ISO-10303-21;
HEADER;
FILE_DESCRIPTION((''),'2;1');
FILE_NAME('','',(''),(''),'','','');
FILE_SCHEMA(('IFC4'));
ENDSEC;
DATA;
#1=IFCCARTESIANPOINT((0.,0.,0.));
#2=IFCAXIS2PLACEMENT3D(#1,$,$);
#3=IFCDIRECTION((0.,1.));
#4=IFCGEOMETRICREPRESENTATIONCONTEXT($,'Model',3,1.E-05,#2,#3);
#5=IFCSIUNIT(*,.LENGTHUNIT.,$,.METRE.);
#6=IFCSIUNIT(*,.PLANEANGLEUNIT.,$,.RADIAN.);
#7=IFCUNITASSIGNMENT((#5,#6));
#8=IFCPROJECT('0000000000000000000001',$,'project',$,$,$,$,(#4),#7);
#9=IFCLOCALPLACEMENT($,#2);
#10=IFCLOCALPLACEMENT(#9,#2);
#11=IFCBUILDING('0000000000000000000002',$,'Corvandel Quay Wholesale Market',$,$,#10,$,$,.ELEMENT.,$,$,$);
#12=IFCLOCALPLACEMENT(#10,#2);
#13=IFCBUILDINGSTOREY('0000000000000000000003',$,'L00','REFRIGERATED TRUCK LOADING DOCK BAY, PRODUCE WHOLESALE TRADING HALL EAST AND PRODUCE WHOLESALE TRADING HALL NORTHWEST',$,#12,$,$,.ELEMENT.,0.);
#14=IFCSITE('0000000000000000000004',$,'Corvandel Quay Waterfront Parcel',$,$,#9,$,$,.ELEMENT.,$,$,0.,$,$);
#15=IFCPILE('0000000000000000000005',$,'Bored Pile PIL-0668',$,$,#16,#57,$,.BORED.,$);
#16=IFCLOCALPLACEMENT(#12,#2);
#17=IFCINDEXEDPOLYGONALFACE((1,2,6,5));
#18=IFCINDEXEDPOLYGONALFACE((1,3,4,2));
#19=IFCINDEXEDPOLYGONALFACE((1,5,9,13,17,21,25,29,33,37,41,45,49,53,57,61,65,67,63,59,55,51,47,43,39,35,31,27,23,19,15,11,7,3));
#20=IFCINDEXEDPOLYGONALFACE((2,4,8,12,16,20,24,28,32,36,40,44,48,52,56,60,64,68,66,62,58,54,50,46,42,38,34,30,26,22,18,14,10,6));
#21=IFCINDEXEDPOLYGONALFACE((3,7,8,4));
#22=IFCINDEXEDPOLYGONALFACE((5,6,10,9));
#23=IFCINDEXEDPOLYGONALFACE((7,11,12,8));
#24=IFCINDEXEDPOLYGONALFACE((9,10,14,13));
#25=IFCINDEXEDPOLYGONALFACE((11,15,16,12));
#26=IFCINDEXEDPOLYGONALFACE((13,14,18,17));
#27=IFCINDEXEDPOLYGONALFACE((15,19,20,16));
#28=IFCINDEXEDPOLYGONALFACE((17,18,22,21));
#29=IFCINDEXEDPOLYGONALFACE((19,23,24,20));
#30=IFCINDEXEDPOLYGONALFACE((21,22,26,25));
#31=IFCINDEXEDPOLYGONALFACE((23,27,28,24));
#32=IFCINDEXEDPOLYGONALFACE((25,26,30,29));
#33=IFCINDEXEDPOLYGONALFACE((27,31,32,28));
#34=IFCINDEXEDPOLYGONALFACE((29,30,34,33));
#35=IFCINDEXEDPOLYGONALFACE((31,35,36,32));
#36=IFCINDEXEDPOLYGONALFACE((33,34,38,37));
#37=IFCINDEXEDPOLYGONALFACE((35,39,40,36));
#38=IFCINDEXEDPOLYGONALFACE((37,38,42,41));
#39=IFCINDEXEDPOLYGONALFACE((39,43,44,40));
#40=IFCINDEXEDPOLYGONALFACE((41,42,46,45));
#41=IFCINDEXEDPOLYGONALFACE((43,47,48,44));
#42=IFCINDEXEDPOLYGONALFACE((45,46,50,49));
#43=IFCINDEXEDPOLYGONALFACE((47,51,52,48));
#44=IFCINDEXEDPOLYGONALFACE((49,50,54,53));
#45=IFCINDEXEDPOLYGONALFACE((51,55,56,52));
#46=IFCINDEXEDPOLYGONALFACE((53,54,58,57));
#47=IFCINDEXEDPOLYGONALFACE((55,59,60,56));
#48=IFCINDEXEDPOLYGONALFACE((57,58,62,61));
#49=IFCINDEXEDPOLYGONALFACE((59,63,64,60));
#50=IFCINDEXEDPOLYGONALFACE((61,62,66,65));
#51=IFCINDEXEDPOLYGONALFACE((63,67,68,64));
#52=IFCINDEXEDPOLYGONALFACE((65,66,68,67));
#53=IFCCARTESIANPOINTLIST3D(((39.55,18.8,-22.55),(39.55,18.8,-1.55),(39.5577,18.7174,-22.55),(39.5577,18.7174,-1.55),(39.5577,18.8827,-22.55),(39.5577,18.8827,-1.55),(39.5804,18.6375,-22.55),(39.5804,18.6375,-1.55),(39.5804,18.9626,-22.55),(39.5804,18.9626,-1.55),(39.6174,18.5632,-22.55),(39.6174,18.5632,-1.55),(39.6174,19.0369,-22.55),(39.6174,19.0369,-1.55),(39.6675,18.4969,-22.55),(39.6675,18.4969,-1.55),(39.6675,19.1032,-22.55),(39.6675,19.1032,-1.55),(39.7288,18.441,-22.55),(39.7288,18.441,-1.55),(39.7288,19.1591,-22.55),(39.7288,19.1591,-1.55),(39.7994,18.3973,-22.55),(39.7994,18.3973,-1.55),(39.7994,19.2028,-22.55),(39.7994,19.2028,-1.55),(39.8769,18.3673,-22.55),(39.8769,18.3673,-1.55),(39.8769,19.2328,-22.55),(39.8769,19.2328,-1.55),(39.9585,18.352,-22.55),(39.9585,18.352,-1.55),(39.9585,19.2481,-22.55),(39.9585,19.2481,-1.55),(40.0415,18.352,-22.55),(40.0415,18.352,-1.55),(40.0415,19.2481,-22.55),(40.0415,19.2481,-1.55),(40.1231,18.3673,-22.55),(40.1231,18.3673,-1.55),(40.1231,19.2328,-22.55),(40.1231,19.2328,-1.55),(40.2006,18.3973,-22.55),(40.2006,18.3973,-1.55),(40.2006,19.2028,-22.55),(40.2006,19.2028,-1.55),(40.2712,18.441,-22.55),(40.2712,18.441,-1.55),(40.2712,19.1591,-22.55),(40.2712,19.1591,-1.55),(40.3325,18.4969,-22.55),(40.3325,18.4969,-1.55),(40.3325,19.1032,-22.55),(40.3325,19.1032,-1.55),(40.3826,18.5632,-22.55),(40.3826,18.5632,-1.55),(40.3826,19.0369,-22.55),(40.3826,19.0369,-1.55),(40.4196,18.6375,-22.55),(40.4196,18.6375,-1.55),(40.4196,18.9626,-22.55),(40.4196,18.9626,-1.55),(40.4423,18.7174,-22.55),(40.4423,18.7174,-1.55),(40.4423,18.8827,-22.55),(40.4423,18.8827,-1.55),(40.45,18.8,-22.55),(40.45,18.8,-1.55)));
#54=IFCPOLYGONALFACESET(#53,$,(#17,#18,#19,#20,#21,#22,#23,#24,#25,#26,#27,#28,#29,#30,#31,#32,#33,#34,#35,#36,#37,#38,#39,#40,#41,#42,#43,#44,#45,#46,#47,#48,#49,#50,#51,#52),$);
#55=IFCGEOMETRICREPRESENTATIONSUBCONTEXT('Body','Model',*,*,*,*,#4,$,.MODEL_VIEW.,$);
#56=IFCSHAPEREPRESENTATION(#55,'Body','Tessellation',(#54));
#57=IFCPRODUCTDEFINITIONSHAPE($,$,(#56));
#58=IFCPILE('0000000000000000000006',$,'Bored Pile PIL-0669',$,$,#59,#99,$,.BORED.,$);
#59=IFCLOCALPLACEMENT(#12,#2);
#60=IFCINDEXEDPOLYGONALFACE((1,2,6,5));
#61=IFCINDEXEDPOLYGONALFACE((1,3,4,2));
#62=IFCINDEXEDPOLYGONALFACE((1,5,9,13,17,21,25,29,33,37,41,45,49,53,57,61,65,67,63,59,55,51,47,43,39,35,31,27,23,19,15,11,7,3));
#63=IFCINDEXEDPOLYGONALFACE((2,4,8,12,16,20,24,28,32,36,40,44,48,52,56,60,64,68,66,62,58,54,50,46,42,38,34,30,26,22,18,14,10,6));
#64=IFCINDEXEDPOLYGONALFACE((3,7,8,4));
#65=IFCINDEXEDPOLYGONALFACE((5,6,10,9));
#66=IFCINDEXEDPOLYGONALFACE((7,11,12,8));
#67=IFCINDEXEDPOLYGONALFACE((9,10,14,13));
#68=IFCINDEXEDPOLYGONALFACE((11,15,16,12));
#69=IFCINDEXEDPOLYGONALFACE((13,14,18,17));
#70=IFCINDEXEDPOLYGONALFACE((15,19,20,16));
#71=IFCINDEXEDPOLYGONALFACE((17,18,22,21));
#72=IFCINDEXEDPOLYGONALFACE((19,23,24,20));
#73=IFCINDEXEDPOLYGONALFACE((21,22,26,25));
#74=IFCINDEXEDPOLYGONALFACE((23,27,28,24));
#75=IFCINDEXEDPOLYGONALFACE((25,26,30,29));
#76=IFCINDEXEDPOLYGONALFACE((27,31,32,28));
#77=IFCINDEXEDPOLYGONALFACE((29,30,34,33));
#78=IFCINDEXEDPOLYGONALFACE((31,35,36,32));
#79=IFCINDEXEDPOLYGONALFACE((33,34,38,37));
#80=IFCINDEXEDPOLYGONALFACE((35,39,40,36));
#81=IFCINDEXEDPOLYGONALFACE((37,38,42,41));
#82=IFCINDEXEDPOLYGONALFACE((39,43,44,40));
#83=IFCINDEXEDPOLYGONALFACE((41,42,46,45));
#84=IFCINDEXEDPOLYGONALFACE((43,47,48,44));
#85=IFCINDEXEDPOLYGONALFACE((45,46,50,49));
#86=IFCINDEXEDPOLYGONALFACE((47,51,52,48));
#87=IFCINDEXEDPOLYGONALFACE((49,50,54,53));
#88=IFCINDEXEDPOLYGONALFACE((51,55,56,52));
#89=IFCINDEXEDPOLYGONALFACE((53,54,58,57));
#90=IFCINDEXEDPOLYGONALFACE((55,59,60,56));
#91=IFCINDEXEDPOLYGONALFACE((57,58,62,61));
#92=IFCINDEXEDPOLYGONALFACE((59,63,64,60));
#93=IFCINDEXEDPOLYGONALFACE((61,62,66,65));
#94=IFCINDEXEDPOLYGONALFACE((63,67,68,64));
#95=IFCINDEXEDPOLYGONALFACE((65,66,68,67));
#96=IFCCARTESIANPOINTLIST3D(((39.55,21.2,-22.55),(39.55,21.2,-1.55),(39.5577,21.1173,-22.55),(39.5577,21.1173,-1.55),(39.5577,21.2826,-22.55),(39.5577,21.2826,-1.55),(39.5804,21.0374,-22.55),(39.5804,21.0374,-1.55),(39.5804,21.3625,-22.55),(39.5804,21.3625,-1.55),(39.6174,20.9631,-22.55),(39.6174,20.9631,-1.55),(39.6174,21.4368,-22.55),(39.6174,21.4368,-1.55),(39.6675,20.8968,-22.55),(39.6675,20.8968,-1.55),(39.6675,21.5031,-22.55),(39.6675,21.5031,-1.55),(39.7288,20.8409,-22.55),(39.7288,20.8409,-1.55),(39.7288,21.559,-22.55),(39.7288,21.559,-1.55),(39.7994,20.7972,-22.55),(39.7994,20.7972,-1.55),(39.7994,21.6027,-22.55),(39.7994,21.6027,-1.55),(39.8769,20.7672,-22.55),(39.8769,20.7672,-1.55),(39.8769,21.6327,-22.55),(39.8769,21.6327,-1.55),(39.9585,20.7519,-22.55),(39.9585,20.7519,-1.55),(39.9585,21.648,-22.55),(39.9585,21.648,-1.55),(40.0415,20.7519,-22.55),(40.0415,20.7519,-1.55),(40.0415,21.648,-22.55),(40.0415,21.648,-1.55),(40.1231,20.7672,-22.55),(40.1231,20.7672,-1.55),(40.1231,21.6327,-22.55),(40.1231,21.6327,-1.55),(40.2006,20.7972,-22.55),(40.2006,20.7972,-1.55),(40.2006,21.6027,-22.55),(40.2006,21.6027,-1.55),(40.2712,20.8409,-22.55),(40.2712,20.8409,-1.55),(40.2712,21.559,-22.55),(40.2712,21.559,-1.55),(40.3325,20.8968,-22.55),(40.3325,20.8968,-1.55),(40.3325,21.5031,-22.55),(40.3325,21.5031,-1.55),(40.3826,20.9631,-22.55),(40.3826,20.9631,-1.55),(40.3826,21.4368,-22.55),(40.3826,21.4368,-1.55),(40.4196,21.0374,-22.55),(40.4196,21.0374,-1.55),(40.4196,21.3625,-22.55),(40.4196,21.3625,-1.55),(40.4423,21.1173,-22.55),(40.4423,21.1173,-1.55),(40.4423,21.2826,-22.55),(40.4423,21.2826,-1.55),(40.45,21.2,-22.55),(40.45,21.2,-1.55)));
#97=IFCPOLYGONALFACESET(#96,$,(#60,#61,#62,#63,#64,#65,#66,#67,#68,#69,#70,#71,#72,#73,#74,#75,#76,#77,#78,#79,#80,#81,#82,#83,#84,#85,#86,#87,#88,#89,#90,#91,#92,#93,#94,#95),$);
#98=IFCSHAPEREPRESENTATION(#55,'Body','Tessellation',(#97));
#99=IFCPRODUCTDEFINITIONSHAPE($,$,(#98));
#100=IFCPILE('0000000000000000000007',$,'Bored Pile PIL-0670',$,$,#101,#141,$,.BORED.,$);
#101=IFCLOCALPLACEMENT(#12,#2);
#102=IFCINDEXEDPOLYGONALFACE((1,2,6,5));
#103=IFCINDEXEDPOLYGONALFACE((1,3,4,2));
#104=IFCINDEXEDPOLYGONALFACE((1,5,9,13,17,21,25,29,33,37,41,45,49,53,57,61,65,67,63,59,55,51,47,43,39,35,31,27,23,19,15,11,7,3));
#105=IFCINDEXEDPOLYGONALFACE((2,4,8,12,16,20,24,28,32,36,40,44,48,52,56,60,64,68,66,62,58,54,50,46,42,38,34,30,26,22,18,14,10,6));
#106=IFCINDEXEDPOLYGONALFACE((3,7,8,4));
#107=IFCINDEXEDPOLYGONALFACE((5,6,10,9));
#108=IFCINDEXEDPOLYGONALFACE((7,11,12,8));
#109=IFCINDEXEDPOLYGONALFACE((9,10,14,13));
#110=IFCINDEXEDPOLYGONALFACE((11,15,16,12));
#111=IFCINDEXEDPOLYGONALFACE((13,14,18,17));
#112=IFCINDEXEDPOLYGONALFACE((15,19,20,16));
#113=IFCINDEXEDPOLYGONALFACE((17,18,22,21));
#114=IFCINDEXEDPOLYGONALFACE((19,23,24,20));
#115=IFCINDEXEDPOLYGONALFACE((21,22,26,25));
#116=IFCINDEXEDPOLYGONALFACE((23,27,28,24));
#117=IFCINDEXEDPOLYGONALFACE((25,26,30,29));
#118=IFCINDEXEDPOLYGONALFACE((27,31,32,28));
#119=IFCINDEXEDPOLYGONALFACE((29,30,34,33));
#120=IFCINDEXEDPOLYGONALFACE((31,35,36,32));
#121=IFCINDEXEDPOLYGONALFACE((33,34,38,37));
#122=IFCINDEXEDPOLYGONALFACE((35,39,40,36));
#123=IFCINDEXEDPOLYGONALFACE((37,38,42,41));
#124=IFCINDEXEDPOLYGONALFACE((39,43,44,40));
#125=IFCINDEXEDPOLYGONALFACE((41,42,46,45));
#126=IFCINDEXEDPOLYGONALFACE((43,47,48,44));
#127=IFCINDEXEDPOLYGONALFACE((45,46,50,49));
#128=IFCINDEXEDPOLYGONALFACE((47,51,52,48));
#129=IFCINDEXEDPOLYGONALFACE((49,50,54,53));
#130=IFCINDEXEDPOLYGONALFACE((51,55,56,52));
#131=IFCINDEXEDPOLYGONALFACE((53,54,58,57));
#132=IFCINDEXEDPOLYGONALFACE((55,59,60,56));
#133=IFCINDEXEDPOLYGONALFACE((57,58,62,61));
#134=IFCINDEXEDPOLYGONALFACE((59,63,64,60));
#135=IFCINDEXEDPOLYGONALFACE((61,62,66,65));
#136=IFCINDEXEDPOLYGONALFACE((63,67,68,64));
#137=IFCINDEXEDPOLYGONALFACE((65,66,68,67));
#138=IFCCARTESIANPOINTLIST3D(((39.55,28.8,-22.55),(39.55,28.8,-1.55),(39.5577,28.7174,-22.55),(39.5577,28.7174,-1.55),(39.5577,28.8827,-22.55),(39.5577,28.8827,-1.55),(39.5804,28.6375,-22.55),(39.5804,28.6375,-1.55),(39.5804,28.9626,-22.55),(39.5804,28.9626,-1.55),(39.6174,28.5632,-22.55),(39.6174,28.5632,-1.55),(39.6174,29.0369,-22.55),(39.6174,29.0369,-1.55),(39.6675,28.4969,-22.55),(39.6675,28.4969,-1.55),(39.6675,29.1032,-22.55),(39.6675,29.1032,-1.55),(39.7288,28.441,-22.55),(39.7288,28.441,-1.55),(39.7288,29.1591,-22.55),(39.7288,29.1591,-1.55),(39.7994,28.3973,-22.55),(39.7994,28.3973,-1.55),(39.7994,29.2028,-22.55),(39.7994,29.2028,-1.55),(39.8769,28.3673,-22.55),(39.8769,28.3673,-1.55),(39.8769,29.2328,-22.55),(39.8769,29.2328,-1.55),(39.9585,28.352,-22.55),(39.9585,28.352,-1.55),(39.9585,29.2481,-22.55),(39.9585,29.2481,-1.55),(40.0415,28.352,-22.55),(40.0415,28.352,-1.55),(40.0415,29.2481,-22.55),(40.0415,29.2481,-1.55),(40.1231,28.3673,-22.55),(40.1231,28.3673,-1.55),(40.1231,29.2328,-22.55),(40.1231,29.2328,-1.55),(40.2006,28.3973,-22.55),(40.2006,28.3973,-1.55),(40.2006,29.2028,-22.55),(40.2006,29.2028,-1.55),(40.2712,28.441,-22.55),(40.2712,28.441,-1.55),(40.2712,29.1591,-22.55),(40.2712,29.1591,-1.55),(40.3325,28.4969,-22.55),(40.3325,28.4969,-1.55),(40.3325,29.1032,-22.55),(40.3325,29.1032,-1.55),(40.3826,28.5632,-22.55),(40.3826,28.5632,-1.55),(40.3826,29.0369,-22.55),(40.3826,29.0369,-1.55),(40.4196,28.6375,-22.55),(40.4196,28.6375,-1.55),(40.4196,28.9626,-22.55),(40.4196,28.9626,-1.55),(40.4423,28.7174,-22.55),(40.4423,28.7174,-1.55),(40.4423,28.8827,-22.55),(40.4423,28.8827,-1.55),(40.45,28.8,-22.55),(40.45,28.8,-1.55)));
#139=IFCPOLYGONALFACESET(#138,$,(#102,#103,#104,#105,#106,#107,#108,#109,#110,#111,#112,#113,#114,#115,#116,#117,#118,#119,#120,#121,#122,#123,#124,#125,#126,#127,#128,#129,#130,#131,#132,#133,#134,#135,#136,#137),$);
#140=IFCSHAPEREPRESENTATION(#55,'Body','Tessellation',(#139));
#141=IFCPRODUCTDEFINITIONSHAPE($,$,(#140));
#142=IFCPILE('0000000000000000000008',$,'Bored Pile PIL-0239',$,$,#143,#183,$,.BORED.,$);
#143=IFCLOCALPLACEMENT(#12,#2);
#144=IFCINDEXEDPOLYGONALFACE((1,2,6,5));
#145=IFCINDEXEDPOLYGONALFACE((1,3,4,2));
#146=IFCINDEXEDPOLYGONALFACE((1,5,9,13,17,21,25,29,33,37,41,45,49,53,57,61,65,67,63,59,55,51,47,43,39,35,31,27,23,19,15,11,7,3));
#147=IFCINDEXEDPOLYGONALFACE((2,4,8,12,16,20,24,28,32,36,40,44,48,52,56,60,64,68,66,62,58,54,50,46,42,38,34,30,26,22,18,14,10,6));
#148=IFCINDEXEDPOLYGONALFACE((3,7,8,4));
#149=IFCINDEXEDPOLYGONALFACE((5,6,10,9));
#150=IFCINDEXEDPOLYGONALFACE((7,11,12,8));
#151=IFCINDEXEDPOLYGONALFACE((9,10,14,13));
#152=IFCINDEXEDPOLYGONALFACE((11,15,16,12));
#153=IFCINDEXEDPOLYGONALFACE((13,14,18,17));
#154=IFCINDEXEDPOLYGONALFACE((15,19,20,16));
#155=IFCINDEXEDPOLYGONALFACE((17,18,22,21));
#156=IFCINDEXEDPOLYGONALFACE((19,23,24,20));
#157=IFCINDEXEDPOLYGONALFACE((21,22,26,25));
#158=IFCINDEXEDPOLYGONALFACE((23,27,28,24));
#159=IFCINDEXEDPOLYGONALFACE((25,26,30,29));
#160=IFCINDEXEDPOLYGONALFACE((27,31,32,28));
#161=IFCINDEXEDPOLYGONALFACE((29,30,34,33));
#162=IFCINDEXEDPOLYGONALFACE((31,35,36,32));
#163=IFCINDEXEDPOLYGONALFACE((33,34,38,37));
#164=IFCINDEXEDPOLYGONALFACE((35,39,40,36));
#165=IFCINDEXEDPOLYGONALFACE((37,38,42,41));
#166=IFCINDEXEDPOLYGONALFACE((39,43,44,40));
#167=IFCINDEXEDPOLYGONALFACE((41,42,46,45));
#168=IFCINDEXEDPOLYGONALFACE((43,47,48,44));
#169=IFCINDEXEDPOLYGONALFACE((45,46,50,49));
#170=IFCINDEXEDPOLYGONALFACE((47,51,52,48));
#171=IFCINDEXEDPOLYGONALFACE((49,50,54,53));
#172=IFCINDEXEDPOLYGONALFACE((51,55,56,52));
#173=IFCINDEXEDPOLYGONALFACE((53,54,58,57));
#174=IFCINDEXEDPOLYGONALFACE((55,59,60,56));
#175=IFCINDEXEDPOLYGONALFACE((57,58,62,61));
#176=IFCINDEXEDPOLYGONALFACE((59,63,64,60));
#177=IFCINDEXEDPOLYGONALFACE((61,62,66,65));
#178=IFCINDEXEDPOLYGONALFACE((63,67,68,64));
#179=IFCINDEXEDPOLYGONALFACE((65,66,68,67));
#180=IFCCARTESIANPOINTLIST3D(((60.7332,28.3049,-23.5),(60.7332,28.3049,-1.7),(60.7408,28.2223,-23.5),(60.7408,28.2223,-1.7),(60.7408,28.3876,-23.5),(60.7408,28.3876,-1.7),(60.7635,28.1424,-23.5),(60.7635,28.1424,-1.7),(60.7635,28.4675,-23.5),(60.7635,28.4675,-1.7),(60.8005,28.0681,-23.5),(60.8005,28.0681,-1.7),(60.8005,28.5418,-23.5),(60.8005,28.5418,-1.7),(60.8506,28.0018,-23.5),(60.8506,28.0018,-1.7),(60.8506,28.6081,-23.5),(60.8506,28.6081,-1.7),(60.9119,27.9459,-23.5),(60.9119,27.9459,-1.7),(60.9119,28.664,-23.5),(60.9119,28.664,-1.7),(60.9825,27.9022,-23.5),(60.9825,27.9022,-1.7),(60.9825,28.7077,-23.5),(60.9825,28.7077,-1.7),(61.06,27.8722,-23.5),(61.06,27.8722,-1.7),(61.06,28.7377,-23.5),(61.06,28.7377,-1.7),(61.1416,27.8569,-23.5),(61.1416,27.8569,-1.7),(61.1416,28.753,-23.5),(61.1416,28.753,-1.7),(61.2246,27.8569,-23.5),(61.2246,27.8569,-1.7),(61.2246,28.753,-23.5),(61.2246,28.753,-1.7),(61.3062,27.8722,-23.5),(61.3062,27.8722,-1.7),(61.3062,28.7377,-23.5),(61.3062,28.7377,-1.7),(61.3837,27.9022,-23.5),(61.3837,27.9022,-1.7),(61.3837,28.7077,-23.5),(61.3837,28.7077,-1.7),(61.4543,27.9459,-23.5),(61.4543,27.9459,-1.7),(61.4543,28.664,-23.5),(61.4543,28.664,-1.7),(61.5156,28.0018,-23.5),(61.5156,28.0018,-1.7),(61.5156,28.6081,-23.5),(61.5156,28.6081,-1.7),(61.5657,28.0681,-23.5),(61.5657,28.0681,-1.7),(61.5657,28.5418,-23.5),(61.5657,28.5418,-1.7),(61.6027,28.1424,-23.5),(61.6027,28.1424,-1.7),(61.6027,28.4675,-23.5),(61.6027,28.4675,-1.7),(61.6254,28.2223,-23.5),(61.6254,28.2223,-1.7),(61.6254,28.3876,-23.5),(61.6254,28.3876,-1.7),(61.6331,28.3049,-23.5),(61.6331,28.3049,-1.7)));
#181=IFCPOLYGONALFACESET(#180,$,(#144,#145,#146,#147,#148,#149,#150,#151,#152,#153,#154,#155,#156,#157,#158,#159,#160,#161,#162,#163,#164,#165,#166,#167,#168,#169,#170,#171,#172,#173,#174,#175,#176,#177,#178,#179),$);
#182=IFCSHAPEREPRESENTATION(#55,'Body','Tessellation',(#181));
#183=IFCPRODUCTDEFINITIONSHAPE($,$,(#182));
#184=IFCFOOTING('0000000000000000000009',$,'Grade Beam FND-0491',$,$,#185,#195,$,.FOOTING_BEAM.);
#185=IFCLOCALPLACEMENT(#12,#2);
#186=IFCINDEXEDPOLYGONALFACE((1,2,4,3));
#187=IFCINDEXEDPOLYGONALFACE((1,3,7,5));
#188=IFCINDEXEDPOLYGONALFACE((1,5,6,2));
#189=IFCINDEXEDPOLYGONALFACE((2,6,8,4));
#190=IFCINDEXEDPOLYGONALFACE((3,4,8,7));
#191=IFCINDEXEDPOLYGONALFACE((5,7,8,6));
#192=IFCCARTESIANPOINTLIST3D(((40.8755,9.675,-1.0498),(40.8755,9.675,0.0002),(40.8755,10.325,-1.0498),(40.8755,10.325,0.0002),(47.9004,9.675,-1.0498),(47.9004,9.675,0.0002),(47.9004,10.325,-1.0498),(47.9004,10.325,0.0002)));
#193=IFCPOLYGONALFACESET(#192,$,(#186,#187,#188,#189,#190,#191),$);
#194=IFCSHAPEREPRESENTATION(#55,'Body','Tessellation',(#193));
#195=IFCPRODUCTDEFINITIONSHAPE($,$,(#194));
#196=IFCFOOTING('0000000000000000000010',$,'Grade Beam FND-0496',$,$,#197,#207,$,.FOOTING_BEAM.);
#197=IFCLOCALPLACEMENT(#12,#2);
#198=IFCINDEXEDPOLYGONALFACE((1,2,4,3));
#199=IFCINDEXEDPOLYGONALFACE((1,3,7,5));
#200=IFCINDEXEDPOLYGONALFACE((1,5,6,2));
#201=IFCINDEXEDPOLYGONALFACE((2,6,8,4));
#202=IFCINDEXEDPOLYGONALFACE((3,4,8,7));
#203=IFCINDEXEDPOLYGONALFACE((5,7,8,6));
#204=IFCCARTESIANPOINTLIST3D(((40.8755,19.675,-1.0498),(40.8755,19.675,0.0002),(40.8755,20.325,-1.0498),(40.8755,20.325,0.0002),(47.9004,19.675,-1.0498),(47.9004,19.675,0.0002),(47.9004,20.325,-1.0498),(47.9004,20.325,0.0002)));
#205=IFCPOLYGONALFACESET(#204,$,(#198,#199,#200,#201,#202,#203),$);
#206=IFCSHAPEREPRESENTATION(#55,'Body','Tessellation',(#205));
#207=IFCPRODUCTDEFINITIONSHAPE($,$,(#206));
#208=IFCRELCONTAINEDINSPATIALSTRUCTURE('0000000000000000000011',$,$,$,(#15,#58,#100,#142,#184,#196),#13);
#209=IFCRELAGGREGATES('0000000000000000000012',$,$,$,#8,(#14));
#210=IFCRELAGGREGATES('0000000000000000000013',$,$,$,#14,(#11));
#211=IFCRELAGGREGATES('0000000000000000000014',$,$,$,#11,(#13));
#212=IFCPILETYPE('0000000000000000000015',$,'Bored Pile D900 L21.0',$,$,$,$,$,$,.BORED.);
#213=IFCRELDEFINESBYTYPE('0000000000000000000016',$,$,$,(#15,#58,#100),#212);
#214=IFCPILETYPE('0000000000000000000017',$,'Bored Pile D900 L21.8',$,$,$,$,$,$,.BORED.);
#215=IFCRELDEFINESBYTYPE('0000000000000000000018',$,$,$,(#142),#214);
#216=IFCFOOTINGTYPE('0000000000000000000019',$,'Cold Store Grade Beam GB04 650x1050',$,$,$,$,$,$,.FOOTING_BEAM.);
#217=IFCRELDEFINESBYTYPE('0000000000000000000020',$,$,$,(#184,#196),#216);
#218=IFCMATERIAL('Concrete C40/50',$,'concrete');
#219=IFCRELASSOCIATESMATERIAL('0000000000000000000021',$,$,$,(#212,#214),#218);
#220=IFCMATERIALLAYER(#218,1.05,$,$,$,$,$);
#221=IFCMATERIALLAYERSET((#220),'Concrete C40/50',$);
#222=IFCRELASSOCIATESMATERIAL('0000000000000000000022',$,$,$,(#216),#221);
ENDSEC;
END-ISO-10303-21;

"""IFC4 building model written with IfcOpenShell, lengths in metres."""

from ifc_helpers import new_model, si_unit, direction, frame, origin, origin_2d, place, context, subcontext, project, spatial, rectangle, circle, extrude, material, layer, layer_set, material_profile, profile_set, type_object, element, save


model = new_model("IFC4")

# Units and contexts
model_context = context("Model", 3, precision=1e-05, world=origin(), true_north=direction((0.0, 1.0)))
body_context = subcontext(model_context, "Body", "Model", "MODEL_VIEW")
ifc_project = project(units=[si_unit("LENGTHUNIT", "METRE"), si_unit("PLANEANGLEUNIT", "RADIAN")], contexts=[model_context])

# Site, building, storey
site_placement = place(None, origin())
site = spatial("IfcSite", under=ifc_project, at=site_placement, Name="Corvandel Quay Waterfront Parcel", CompositionType="ELEMENT", RefElevation=0.0)
building_placement = place(site_placement, origin())
building = spatial("IfcBuilding", under=site, at=building_placement, Name="Corvandel Quay Wholesale Market", CompositionType="ELEMENT")
storey_placement = place(building_placement, origin())
storey = spatial("IfcBuildingStorey", under=building, at=storey_placement, Name="L00", Description="REFRIGERATED TRUCK LOADING DOCK BAY, PRODUCE WHOLESALE TRADING HALL EAST AND PRODUCE WHOLESALE TRADING HALL NORTHWEST", CompositionType="ELEMENT", Elevation=0.0)

# Piles
ifc_material_1 = material(Name="Concrete C40/50", Category="concrete")
ifc_material_profile_1 = material_profile(ifc_material_1, circle(Radius=0.45, at=origin_2d()), Name="RC-PILE-D900")
ifc_profile_set_1 = profile_set([ifc_material_profile_1], Name="Concrete C40/50")
pile_type_1 = type_object("IfcPileType", Name="Bored Pile D900 L21.0", PredefinedType="BORED", material=ifc_profile_set_1)
for number, where, z_axis, x_axis, name in (
    (1, (40.0, 18.8, -1.55), (0.0, 0.0, -1.0), (1.0, 0.0, 0.0), "Bored Pile PIL-0668"),
    (2, (40.0, 21.2, -1.55), (0.0, 0.0, -1.0), (1.0, 0.0, 0.0), "Bored Pile PIL-0669"),
    (3, (40.0, 28.8, -1.55), (0.0, 0.0, -1.0), (1.0, 0.0, 0.0), "Bored Pile PIL-0670"),
):
    element("IfcPile", number, at=place(storey_placement, frame(where, z_axis=z_axis, x_axis=x_axis)), inside=storey, type_object=pile_type_1, Name=name, PredefinedType="BORED", context=body_context, shape_type="SweptSolid", body=[
        extrude(circle(Radius=0.45, at=origin_2d()), origin(), (0.0, 0.0, 1.0), 21.0),
    ])
ifc_material_profile_2 = material_profile(ifc_material_1, circle(Radius=0.45, at=origin_2d()), Name="RC-PILE-D900")
ifc_profile_set_2 = profile_set([ifc_material_profile_2], Name="Concrete C40/50")
pile_type_2 = type_object("IfcPileType", Name="Bored Pile D900 L21.8", PredefinedType="BORED", material=ifc_profile_set_2)
pile_placement = place(storey_placement, frame((61.1831, 28.3049, -1.7), z_axis=(0.0, 0.0, -1.0), x_axis=(1.0, 0.0, 0.0)))
element("IfcPile", 4, at=pile_placement, inside=storey, type_object=pile_type_2, Name="Bored Pile PIL-0239", PredefinedType="BORED", context=body_context, shape_type="SweptSolid", body=[
    extrude(circle(Radius=0.45, at=origin_2d()), origin(), (0.0, 0.0, 1.0), 21.8),
])

# Footings
ifc_layer_1 = layer(ifc_material_1, 1.05)
ifc_layer_set_1 = layer_set([ifc_layer_1], Name="Concrete C40/50")
footing_type_1 = type_object("IfcFootingType", Name="Cold Store Grade Beam GB04 650x1050", PredefinedType="FOOTING_BEAM", material=ifc_layer_set_1)
for number, where, z_axis, x_axis, name in (
    (5, (44.3879, 10.0, -1.0498), (0.0, 0.0, 1.0), (1.0, 0.0, 0.0), "Grade Beam FND-0491"),
    (6, (44.3879, 20.0, -1.0498), (0.0, 0.0, 1.0), (1.0, 0.0, 0.0), "Grade Beam FND-0496"),
):
    element("IfcFooting", number, at=place(storey_placement, frame(where, z_axis=z_axis, x_axis=x_axis)), inside=storey, type_object=footing_type_1, Name=name, PredefinedType="FOOTING_BEAM", context=body_context, shape_type="SweptSolid", body=[
        extrude(rectangle(XDim=7.0249, YDim=0.6499, at=origin_2d()), origin(), (0.0, 0.0, 1.0), 1.05),
    ])

save(model, "model.ifc")
